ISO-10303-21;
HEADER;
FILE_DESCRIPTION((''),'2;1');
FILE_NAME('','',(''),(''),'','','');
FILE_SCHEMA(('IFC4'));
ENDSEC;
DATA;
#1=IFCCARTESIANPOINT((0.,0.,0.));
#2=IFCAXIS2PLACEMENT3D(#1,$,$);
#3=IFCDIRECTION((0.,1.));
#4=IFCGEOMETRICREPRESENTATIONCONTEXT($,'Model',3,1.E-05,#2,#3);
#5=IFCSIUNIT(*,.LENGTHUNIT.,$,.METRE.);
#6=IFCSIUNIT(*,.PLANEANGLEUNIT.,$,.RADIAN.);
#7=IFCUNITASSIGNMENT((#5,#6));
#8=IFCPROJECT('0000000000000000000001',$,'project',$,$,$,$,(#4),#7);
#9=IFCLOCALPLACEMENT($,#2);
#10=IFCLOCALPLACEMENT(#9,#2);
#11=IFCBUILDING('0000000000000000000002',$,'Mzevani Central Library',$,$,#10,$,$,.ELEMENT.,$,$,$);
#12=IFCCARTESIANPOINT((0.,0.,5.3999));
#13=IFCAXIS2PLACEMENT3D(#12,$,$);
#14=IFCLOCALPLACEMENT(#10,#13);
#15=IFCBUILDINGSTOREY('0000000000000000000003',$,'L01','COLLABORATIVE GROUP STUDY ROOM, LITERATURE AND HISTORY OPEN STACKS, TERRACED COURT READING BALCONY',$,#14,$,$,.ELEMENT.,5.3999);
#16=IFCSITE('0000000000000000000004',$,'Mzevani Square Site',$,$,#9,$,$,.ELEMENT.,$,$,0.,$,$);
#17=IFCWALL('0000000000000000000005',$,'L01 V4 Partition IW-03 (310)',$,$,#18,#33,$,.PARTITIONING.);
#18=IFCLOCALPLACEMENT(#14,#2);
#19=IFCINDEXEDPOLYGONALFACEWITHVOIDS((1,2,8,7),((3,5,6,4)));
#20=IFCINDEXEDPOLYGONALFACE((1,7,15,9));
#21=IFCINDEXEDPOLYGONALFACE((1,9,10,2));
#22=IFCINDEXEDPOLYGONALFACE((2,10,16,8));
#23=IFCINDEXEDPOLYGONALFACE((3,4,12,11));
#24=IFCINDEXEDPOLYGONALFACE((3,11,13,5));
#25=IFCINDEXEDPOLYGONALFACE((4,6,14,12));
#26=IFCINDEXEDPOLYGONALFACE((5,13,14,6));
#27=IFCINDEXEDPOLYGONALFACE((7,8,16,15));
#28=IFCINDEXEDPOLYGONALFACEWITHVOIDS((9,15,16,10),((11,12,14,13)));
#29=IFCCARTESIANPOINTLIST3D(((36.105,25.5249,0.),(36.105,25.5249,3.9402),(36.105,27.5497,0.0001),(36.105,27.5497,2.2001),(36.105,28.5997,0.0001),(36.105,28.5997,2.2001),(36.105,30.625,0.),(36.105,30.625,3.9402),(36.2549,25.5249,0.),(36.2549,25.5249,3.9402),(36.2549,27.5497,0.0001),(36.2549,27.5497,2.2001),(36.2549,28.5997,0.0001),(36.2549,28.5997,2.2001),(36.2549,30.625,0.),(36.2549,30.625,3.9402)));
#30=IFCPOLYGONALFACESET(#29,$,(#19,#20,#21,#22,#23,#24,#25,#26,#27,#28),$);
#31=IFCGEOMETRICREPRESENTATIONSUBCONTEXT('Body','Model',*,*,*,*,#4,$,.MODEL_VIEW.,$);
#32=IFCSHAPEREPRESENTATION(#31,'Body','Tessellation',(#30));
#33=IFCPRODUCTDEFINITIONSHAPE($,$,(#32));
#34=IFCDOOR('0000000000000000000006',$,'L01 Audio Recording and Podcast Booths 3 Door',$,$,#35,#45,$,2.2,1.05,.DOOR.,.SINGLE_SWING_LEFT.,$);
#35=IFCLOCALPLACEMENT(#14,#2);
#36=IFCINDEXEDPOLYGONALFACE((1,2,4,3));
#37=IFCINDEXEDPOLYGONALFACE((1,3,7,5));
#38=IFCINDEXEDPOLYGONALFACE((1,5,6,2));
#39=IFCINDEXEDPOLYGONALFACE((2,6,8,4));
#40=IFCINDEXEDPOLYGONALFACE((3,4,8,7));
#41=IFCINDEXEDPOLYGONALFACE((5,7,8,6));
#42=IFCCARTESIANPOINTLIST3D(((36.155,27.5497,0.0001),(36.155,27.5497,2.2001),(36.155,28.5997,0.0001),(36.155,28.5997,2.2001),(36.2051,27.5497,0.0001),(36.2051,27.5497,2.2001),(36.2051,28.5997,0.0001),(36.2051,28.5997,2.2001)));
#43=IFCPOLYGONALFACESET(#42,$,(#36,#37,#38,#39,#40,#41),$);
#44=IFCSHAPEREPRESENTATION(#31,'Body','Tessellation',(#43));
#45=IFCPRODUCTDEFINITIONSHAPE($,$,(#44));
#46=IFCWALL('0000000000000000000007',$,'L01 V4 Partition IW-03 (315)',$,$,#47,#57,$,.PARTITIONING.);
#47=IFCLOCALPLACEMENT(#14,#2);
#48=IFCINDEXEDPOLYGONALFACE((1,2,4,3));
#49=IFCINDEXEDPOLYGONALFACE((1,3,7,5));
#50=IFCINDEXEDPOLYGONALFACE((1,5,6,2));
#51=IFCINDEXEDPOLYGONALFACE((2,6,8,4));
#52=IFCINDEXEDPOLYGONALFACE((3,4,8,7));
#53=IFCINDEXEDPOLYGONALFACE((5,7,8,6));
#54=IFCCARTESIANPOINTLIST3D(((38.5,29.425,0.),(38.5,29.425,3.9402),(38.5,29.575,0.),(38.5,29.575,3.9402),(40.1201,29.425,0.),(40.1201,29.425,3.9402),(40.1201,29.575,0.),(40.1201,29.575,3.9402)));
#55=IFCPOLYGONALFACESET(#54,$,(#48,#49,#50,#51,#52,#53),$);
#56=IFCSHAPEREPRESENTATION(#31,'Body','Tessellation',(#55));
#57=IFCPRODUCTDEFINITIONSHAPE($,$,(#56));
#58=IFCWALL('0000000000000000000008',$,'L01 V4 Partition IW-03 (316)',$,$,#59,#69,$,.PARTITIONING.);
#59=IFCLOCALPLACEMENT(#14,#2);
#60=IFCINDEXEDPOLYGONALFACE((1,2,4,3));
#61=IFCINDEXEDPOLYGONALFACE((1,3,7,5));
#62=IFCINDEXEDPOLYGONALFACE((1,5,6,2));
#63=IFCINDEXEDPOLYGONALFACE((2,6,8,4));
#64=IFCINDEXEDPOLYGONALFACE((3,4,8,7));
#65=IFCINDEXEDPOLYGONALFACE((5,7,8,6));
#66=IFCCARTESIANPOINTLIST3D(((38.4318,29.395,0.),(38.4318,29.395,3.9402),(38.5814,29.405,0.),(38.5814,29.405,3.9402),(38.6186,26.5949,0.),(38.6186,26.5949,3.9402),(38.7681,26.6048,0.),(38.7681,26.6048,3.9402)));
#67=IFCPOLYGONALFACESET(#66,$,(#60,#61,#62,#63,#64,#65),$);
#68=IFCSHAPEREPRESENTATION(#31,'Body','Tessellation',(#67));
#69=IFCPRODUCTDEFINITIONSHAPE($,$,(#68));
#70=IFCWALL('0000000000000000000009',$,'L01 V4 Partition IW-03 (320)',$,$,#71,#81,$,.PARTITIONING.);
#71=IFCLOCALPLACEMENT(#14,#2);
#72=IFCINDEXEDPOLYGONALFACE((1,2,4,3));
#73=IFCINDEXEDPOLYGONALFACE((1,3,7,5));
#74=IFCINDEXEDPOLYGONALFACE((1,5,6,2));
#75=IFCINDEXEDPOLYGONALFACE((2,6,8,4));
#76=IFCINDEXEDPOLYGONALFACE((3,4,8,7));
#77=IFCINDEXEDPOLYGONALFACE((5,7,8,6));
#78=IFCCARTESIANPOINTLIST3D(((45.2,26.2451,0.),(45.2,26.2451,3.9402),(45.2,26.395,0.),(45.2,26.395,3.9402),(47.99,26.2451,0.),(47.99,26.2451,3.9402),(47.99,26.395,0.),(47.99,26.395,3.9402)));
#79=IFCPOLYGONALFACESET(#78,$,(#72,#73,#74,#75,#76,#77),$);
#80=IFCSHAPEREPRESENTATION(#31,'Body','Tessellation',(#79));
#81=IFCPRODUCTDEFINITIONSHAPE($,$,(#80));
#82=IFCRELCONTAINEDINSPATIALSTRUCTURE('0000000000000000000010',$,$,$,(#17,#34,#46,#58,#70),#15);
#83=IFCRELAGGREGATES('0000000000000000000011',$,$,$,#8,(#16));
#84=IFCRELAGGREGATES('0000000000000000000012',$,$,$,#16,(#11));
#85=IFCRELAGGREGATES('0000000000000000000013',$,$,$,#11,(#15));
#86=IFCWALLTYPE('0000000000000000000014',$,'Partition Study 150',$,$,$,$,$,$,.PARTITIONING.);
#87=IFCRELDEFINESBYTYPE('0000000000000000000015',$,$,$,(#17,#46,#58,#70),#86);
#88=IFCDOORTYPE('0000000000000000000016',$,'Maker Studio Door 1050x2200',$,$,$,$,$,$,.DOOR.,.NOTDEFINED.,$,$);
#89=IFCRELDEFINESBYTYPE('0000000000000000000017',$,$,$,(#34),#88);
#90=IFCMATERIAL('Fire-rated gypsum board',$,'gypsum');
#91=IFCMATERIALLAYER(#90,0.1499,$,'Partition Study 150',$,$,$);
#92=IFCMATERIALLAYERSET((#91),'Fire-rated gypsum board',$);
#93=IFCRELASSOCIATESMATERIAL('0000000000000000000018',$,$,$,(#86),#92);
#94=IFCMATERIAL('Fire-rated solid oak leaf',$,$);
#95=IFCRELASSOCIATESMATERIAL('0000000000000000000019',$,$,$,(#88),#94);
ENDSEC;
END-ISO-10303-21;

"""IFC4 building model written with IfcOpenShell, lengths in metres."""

from ifc_helpers import new_model, si_unit, direction, frame, frame_2d, origin, place, context, subcontext, project, spatial, rectangle, extrude, material, layer, layer_set, type_object, element, fill, save


model = new_model("IFC4")

# Units and contexts
model_context = context("Model", 3, precision=1e-05, world=origin(), true_north=direction((0.0, 1.0)))
body_context = subcontext(model_context, "Body", "Model", "MODEL_VIEW")
ifc_project = project(units=[si_unit("LENGTHUNIT", "METRE"), si_unit("PLANEANGLEUNIT", "RADIAN")], contexts=[model_context])

# Site, building, storey
site_placement = place(None, origin())
site = spatial("IfcSite", under=ifc_project, at=site_placement, Name="Mzevani Square Site", CompositionType="ELEMENT", RefElevation=0.0)
building_placement = place(site_placement, origin())
building = spatial("IfcBuilding", under=site, at=building_placement, Name="Mzevani Central Library", CompositionType="ELEMENT")
storey_placement = place(building_placement, frame((0.0, 0.0, 5.3999)))
storey = spatial("IfcBuildingStorey", under=building, at=storey_placement, Name="L01", Description="COLLABORATIVE GROUP STUDY ROOM, LITERATURE AND HISTORY OPEN STACKS, TERRACED COURT READING BALCONY", CompositionType="ELEMENT", Elevation=5.3999)

# Shared definitions
ifc_material_1 = material(Name="Fire-rated gypsum board", Category="gypsum")
ifc_layer_1 = layer(ifc_material_1, 0.1499, Name="Partition Study 150")
ifc_layer_set_1 = layer_set([ifc_layer_1], Name="Fire-rated gypsum board")
wall_type_1 = type_object("IfcWallType", Name="Partition Study 150", PredefinedType="PARTITIONING", material=ifc_layer_set_1)

# Wall, opening, door
wall_1_placement = place(storey_placement, frame((36.1799, 25.5249, 0.0), z_axis=(0.0, 0.0, 1.0), x_axis=(0.0, 1.0, 0.0)))
wall_1 = element("IfcWall", 1, at=wall_1_placement, inside=storey, type_object=wall_type_1, Name="L01 V4 Partition IW-03 (310)", PredefinedType="PARTITIONING", context=body_context, shape_type="SweptSolid", body=[
    extrude(rectangle(XDim=5.1001, YDim=0.1499, at=frame_2d((2.55, 0.0))), origin(), (0.0, 0.0, 1.0), 3.9402),
])
opening_1_placement = place(wall_1_placement, frame((2.0249, 0.0, 0.0)))
opening_1 = element("IfcOpeningElement", 2, at=opening_1_placement, cuts=wall_1, PredefinedType="OPENING", context=body_context, shape_type="SweptSolid", body=[
    extrude(rectangle(XDim=1.05, YDim=2.2, at=frame_2d((0.5249, 1.1001))), frame((0.0, 0.085, 0.0), z_axis=(0.0, -1.0, 0.0), x_axis=(1.0, 0.0, 0.0)), (0.0, 0.0, 1.0), 0.1699),
])
ifc_material_2 = material(Name="Fire-rated solid oak leaf")
door_type_1 = type_object("IfcDoorType", Name="Maker Studio Door 1050x2200", OperationType="NOTDEFINED", PredefinedType="DOOR", material=ifc_material_2)
door_1_placement = place(opening_1_placement, origin())
door_1 = element("IfcDoor", 3, at=door_1_placement, inside=storey, type_object=door_type_1, Name="L01 Audio Recording and Podcast Booths 3 Door", OperationType="SINGLE_SWING_LEFT", OverallHeight=2.2, OverallWidth=1.05, PredefinedType="DOOR", context=body_context, shape_type="SweptSolid", body=[
    extrude(rectangle(XDim=1.05, YDim=2.2, at=frame_2d((0.5249, 1.1001))), frame((0.0, 0.0249, 0.0), z_axis=(0.0, -1.0, 0.0), x_axis=(1.0, 0.0, 0.0)), (0.0, 0.0, 1.0), 0.05),
])
fill(opening_1, door_1)

# Walls
wall_2_placement = place(storey_placement, frame((40.1201, 29.5, 0.0), z_axis=(0.0, 0.0, 1.0), x_axis=(-1.0, 0.0, 0.0)))
element("IfcWall", 4, at=wall_2_placement, inside=storey, type_object=wall_type_1, Name="L01 V4 Partition IW-03 (315)", PredefinedType="PARTITIONING", context=body_context, shape_type="SweptSolid", body=[
    extrude(rectangle(XDim=1.6201, YDim=0.1499, at=frame_2d((0.8101, 0.0))), origin(), (0.0, 0.0, 1.0), 3.9402),
])
wall_3_placement = place(storey_placement, frame((38.5066, 29.4001, 0.0), z_axis=(0.0, 0.0, 1.0), x_axis=(0.066548, -0.997783, 0.0)))
element("IfcWall", 5, at=wall_3_placement, inside=storey, type_object=wall_type_1, Name="L01 V4 Partition IW-03 (316)", PredefinedType="PARTITIONING", context=body_context, shape_type="SweptSolid", body=[
    extrude(rectangle(XDim=2.8064, YDim=0.1499, at=frame_2d((1.4033, 0.0))), origin(), (0.0, 0.0, 1.0), 3.9402),
])
wall_4_placement = place(storey_placement, frame((45.2, 26.3201, 0.0), z_axis=(0.0, 0.0, 1.0), x_axis=(1.0, 0.0, 0.0)))
element("IfcWall", 6, at=wall_4_placement, inside=storey, type_object=wall_type_1, Name="L01 V4 Partition IW-03 (320)", PredefinedType="PARTITIONING", context=body_context, shape_type="SweptSolid", body=[
    extrude(rectangle(XDim=2.79, YDim=0.1499, at=frame_2d((1.395, 0.0))), origin(), (0.0, 0.0, 1.0), 3.9402),
])

save(model, "model.ifc")
